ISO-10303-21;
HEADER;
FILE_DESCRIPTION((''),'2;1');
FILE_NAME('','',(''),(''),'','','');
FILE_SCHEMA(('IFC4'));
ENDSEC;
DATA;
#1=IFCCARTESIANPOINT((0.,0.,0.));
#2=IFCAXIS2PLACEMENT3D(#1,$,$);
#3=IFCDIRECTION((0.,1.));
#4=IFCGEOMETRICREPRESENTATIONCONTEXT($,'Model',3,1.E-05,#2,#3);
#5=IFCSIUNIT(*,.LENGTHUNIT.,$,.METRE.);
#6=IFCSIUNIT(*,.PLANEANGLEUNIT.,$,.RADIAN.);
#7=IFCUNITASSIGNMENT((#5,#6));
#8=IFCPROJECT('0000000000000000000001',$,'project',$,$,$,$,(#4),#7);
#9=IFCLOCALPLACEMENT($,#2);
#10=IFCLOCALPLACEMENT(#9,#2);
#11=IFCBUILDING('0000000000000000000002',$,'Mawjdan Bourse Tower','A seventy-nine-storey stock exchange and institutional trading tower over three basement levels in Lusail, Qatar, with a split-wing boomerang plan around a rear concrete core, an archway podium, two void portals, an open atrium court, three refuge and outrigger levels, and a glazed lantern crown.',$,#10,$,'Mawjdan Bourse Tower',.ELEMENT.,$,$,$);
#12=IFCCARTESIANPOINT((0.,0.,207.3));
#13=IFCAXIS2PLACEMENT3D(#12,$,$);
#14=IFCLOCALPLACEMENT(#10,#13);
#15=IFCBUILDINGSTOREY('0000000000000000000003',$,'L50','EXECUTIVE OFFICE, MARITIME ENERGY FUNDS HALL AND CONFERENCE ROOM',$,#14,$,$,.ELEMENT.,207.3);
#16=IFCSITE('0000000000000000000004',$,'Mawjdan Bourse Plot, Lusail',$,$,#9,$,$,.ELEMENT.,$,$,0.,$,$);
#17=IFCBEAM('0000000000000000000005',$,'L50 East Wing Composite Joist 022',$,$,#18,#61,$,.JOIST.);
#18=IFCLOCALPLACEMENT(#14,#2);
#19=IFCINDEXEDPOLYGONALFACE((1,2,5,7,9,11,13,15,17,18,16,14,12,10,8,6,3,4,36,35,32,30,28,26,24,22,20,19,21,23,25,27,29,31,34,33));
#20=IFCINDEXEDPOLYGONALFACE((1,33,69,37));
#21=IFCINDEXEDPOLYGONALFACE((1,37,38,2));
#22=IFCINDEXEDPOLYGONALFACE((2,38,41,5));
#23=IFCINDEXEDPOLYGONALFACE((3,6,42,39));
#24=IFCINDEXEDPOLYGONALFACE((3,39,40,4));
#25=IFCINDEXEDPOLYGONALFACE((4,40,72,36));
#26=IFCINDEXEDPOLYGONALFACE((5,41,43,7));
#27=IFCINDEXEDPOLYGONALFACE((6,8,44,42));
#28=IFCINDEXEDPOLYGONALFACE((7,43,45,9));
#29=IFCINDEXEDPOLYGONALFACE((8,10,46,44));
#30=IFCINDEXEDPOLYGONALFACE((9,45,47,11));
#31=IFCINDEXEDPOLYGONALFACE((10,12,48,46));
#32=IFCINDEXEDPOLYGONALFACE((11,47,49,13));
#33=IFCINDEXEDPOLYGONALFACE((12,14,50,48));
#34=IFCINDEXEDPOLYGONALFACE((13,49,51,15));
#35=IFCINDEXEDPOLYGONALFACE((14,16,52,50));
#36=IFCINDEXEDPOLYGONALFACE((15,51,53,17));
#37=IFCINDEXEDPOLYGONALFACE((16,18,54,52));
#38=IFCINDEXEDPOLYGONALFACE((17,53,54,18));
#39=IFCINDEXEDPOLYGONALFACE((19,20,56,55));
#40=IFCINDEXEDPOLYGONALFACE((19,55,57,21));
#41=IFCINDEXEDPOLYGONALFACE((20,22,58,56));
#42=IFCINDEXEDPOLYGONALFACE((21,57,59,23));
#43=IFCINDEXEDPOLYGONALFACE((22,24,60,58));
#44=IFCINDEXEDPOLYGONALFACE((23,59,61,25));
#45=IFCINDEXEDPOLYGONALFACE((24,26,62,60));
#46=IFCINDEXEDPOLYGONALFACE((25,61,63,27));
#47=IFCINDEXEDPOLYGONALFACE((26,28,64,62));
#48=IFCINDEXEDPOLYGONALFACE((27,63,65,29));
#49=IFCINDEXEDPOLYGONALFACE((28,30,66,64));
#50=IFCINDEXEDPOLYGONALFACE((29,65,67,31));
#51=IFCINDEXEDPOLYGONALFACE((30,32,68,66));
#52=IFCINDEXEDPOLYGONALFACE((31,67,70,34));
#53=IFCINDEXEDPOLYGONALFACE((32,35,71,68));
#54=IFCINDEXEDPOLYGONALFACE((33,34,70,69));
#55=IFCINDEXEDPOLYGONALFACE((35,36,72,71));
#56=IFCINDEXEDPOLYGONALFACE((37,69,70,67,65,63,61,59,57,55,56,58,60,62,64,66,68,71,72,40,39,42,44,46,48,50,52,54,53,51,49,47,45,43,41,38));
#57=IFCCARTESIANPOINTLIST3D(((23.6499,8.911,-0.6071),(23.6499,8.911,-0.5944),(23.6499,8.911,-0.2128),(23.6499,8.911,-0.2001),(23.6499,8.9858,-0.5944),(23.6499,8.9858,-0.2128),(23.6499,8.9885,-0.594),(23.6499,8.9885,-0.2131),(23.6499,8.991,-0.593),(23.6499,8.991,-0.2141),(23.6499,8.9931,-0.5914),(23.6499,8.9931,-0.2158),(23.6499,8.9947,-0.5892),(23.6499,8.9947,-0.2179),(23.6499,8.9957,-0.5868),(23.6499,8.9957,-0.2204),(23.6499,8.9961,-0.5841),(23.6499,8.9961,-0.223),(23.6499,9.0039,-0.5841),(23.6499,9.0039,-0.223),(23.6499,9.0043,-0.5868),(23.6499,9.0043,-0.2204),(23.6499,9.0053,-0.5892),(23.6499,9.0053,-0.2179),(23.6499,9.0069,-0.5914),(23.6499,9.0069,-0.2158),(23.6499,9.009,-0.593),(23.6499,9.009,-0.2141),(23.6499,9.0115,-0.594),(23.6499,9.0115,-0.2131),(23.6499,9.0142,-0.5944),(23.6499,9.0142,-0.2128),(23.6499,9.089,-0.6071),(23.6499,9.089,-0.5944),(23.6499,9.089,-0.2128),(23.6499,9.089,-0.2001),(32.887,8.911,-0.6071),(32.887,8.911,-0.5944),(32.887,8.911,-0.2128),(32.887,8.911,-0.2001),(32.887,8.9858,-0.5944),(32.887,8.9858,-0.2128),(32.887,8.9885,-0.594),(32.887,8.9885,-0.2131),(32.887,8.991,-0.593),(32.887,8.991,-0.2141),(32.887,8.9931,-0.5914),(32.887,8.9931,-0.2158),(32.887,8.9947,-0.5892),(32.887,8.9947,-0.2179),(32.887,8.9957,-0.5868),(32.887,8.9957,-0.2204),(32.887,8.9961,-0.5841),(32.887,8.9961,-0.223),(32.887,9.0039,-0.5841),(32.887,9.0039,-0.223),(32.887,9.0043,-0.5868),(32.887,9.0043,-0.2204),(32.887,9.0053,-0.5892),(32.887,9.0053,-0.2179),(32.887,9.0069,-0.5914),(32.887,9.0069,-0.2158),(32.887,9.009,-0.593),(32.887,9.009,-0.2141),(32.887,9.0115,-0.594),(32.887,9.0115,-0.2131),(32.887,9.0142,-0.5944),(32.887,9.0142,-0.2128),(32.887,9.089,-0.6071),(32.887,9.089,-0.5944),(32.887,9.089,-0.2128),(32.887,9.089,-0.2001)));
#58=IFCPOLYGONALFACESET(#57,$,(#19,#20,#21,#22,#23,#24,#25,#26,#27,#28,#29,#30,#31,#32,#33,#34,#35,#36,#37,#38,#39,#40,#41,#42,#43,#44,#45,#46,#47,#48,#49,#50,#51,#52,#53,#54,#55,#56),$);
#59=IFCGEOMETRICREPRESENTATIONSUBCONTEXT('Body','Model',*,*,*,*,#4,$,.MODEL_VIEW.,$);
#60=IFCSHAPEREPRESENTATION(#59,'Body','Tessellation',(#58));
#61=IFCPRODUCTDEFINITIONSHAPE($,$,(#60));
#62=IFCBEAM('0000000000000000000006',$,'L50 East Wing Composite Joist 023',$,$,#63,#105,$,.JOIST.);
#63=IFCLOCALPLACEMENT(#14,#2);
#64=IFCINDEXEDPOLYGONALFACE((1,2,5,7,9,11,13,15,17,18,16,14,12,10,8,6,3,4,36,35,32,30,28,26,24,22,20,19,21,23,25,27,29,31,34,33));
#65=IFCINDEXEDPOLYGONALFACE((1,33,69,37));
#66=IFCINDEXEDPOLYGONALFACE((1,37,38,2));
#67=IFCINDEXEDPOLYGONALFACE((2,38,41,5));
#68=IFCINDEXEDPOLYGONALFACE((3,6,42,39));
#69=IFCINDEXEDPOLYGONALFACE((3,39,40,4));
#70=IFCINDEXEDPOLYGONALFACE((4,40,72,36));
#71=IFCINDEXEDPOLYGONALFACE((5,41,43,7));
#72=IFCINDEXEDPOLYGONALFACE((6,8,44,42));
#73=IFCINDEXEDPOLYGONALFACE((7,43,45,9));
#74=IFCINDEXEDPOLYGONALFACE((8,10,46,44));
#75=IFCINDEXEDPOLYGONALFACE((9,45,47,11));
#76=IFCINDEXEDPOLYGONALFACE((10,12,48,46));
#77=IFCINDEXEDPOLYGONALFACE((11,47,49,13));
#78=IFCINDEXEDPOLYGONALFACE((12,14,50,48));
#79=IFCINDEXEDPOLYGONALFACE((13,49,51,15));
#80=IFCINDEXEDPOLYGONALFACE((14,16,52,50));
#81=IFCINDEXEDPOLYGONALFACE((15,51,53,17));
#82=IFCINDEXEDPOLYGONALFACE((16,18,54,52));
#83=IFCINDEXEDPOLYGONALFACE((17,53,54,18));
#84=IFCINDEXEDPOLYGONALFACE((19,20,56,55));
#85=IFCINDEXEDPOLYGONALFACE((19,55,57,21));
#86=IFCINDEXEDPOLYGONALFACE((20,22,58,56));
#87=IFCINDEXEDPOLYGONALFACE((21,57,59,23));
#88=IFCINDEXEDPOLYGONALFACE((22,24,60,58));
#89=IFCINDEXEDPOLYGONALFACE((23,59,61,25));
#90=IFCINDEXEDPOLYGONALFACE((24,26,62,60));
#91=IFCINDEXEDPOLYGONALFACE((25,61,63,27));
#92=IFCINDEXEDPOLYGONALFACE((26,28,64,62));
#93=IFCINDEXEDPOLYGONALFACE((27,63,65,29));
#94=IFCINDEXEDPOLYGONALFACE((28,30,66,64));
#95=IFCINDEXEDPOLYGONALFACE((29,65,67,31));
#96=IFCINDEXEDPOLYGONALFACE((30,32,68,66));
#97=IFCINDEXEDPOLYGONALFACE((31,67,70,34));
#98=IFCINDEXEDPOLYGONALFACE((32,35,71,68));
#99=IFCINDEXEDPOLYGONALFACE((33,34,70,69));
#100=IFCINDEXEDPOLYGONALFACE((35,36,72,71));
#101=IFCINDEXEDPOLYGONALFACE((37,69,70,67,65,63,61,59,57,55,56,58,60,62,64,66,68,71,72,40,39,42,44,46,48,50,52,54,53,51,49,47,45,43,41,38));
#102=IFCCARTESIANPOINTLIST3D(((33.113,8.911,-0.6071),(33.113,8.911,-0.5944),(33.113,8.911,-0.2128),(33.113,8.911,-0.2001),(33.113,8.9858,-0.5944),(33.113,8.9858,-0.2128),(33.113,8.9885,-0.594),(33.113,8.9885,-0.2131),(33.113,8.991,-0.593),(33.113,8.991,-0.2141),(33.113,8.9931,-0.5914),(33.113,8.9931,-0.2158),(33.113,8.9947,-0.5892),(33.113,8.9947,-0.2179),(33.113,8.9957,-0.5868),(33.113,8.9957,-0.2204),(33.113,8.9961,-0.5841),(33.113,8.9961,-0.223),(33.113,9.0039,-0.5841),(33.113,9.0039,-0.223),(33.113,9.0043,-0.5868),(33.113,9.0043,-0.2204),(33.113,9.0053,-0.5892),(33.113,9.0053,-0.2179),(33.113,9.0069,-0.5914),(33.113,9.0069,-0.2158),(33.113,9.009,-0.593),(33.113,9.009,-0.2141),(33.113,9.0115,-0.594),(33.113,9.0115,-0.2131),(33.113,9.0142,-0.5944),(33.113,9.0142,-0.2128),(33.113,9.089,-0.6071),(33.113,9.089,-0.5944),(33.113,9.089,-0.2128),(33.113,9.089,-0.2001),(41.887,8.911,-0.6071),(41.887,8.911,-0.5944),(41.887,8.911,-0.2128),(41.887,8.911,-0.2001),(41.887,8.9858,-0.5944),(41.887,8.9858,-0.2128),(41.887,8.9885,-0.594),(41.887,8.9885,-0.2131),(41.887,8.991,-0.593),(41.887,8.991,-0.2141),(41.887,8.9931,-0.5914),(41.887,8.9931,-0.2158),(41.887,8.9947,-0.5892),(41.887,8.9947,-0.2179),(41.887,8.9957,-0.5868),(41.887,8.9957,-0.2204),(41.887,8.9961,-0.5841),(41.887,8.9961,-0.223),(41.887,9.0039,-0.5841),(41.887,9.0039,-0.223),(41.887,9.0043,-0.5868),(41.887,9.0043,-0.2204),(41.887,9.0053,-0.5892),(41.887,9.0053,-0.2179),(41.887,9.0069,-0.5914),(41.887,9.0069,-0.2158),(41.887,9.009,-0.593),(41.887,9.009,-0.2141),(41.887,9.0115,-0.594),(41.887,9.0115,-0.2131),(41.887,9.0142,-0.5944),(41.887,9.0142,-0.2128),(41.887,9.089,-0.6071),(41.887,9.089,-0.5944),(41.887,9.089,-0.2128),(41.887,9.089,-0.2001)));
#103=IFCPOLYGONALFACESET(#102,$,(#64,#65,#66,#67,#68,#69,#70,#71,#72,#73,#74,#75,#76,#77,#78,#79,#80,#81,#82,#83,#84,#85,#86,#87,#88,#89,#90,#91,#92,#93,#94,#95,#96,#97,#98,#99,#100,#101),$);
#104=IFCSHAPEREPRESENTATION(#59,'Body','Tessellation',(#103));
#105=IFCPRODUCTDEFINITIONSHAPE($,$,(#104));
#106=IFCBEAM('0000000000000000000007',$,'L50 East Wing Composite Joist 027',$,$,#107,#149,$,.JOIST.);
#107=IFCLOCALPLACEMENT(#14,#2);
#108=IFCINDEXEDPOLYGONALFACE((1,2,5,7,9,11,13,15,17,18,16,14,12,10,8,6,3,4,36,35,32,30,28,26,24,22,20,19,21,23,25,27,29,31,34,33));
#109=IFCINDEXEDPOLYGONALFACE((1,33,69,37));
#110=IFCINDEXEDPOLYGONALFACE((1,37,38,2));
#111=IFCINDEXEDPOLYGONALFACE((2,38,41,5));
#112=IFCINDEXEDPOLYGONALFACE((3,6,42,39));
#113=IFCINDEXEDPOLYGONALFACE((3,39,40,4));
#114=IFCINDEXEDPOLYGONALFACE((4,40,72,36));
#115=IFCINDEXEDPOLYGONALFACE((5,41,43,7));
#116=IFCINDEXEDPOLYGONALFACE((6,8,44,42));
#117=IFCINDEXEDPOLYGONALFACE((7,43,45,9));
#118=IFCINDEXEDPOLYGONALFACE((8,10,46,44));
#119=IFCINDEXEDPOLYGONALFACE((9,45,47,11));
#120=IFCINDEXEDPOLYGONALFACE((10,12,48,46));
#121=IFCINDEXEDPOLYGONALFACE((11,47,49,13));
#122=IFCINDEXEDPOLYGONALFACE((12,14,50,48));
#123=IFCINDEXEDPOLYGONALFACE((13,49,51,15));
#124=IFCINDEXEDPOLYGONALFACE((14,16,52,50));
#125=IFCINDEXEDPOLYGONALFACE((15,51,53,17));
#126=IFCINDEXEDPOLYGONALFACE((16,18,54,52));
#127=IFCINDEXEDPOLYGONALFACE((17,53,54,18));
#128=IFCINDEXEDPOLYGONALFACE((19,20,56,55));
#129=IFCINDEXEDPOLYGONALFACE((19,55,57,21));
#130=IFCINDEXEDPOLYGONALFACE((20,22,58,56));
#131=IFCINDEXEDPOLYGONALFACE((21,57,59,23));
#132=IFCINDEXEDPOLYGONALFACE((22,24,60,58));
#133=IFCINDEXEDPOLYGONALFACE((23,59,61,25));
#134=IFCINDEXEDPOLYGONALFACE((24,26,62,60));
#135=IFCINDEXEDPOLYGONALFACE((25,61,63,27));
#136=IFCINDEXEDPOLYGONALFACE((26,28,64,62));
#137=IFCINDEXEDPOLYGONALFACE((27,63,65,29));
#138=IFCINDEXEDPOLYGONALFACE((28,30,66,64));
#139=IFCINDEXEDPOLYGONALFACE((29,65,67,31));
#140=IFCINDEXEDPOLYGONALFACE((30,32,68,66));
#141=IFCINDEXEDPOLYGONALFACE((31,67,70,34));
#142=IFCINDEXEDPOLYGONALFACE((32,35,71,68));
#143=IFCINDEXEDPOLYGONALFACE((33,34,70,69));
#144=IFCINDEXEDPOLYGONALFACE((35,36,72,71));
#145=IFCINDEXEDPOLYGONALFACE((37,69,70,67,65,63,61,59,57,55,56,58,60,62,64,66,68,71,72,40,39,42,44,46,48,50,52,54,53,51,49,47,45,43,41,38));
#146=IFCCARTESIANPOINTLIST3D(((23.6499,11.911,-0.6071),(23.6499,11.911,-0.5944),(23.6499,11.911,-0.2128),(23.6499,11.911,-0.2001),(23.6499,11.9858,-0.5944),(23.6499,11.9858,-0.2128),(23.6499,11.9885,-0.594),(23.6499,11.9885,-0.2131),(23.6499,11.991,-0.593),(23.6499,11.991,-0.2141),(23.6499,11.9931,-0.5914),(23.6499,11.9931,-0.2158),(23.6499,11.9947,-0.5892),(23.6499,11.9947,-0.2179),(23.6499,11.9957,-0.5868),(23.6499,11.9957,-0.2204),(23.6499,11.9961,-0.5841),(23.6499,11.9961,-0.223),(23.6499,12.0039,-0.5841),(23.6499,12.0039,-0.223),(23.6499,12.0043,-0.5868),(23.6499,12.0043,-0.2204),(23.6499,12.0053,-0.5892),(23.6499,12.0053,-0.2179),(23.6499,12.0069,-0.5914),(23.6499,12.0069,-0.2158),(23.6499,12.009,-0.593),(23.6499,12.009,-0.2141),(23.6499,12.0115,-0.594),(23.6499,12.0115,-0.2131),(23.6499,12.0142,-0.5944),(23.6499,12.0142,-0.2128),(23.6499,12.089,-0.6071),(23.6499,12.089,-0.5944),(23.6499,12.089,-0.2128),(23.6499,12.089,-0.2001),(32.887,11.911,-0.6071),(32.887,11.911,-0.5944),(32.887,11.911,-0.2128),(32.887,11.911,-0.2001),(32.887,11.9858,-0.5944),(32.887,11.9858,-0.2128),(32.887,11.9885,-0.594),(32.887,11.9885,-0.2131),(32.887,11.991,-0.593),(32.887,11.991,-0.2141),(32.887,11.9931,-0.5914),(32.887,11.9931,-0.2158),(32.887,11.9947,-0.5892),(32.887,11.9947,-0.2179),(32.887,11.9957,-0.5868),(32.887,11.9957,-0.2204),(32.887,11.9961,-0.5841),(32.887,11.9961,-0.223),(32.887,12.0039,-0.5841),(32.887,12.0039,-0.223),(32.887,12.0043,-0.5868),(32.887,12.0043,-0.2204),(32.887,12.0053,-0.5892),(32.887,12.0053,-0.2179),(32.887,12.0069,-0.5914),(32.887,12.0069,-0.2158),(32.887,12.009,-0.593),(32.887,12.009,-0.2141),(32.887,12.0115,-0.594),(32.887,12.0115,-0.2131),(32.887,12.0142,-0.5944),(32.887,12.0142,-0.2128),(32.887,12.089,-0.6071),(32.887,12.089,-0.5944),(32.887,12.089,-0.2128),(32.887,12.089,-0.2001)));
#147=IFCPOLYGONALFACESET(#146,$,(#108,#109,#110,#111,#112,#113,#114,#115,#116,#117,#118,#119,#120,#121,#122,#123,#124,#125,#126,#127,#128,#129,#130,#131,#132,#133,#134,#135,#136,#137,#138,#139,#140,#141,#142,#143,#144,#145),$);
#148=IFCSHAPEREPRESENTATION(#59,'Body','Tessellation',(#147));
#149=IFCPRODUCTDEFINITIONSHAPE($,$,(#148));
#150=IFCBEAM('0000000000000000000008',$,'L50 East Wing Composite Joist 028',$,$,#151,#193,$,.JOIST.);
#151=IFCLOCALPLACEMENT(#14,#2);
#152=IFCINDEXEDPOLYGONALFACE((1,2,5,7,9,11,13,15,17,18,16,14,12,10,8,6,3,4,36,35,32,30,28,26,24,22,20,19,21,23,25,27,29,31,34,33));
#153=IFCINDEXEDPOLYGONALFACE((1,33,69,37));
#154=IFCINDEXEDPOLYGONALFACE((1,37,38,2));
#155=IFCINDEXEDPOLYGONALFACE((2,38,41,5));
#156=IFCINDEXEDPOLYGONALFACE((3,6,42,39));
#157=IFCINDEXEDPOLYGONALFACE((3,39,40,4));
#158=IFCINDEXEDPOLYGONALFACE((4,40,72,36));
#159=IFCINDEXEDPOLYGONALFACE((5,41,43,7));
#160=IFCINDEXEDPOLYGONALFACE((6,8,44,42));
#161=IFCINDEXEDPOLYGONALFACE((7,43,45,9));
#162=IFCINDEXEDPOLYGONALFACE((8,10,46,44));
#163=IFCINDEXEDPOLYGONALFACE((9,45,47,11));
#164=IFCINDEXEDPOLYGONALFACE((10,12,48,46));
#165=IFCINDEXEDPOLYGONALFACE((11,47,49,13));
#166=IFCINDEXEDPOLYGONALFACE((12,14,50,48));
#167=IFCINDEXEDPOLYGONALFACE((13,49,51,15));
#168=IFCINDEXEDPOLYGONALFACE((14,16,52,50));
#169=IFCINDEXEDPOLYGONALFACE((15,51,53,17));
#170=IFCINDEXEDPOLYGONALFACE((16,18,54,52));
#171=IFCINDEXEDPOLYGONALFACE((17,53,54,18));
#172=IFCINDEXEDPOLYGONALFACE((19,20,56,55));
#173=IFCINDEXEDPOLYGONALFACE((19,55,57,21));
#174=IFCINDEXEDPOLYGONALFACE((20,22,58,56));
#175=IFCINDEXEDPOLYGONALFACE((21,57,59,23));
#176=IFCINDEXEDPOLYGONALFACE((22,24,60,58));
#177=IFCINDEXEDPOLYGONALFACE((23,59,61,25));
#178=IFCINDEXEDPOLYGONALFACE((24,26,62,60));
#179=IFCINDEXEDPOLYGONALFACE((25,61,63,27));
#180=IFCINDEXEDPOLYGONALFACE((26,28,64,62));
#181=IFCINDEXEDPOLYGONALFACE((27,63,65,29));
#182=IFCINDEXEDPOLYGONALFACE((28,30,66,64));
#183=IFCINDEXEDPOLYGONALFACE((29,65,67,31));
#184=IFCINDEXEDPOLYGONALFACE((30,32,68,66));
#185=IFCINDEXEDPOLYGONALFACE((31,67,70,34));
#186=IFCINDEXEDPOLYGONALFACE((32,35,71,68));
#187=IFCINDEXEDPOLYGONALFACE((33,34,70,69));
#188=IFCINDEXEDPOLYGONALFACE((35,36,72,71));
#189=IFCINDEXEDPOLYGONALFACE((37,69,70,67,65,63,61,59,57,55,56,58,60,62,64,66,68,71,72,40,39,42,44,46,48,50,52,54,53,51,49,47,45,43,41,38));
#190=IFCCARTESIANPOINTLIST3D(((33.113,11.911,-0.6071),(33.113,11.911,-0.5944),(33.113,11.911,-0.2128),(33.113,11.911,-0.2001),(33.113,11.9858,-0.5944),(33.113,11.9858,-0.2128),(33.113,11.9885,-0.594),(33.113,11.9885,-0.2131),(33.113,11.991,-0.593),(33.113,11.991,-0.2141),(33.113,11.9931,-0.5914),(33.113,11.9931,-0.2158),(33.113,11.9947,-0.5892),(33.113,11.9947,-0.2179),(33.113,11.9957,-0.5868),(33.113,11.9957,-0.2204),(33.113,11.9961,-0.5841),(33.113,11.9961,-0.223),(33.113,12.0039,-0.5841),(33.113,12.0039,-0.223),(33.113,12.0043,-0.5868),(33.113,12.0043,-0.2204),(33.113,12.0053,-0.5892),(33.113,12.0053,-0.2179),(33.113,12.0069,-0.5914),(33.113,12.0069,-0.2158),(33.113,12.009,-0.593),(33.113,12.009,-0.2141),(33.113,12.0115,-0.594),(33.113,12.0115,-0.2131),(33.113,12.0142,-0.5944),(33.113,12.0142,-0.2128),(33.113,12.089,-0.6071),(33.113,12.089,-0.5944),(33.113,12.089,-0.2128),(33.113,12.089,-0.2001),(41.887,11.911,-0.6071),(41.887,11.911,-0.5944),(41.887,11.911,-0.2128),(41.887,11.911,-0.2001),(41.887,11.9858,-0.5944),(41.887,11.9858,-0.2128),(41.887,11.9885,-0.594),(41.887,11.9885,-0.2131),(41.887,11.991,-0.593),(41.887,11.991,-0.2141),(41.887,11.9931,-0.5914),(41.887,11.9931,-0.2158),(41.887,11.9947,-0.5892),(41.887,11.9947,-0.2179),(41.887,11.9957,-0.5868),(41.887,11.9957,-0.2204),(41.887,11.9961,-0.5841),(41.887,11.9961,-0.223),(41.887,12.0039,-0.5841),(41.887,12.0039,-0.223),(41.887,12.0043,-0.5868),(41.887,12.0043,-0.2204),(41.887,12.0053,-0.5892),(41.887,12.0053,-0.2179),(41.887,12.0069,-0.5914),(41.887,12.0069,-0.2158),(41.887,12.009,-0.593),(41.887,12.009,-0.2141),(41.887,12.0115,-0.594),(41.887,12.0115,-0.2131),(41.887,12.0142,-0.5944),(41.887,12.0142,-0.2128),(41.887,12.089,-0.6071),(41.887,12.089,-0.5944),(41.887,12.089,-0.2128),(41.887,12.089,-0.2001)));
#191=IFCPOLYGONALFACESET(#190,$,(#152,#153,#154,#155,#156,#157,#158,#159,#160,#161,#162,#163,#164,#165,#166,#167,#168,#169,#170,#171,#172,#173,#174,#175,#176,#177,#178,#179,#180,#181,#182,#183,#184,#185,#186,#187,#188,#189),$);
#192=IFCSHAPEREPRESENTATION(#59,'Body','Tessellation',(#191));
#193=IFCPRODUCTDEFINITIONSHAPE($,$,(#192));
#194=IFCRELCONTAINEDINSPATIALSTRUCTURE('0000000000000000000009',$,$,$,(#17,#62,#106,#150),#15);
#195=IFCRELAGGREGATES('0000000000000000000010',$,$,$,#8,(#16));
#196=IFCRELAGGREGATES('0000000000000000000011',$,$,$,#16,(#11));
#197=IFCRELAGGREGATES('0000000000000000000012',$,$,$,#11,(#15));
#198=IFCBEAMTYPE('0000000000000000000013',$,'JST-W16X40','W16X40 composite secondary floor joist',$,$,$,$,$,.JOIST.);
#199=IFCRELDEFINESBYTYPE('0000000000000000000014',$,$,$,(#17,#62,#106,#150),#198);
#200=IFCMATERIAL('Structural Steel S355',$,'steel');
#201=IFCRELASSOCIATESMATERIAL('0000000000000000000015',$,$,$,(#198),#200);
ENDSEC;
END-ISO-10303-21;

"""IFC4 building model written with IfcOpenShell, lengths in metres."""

from ifc_helpers import new_model, si_unit, direction, frame, origin, origin_2d, place, context, subcontext, project, spatial, i_section, extrude, material, material_profile, profile_set, type_object, element, save


model = new_model("IFC4")

# Units and contexts
model_context = context("Model", 3, precision=1e-05, world=origin(), true_north=direction((0.0, 1.0)))
body_context = subcontext(model_context, "Body", "Model", "MODEL_VIEW")
ifc_project = project(units=[si_unit("LENGTHUNIT", "METRE"), si_unit("PLANEANGLEUNIT", "RADIAN")], contexts=[model_context])

# Site, building, storey
site_placement = place(None, origin())
site = spatial("IfcSite", under=ifc_project, at=site_placement, Name="Mawjdan Bourse Plot, Lusail", CompositionType="ELEMENT", RefElevation=0.0)
building_placement = place(site_placement, origin())
building = spatial("IfcBuilding", under=site, at=building_placement, Name="Mawjdan Bourse Tower", Description="A seventy-nine-storey stock exchange and institutional trading tower over three basement levels in Lusail, Qatar, with a split-wing boomerang plan around a rear concrete core, an archway podium, two void portals, an open atrium court, three refuge and outrigger levels, and a glazed lantern crown.", LongName="Mawjdan Bourse Tower", CompositionType="ELEMENT")
storey_placement = place(building_placement, frame((0.0, 0.0, 207.3)))
storey = spatial("IfcBuildingStorey", under=building, at=storey_placement, Name="L50", Description="EXECUTIVE OFFICE, MARITIME ENERGY FUNDS HALL AND CONFERENCE ROOM", CompositionType="ELEMENT", Elevation=207.3)

# Beams
ifc_material_1 = material(Name="Structural Steel S355", Category="steel")
ifc_material_profile_1 = material_profile(ifc_material_1, i_section(OverallWidth=0.178, OverallDepth=0.407, WebThickness=0.0078, FlangeThickness=0.0127, FilletRadius=0.0103, at=origin_2d()), Name="W16X40")
ifc_profile_set_1 = profile_set([ifc_material_profile_1], Name="Structural Steel S355")
beam_type_1 = type_object("IfcBeamType", Name="JST-W16X40", Description="W16X40 composite secondary floor joist", PredefinedType="JOIST", material=ifc_profile_set_1)
beam_1_placement = place(storey_placement, frame((23.6499, 9.0, -0.4036), z_axis=(1.0, 0.0, 0.0), x_axis=(0.0, 1.0, 0.0)))
element("IfcBeam", 1, at=beam_1_placement, inside=storey, type_object=beam_type_1, Name="L50 East Wing Composite Joist 022", PredefinedType="JOIST", context=body_context, shape_type="SweptSolid", body=[
    extrude(i_section(OverallWidth=0.178, OverallDepth=0.407, WebThickness=0.0078, FlangeThickness=0.0127, FilletRadius=0.0103, at=origin_2d()), origin(), (0.0, 0.0, 1.0), 9.2371),
])
beam_2_placement = place(storey_placement, frame((33.113, 9.0, -0.4036), z_axis=(1.0, 0.0, 0.0), x_axis=(0.0, 1.0, 0.0)))
element("IfcBeam", 2, at=beam_2_placement, inside=storey, type_object=beam_type_1, Name="L50 East Wing Composite Joist 023", PredefinedType="JOIST", context=body_context, shape_type="SweptSolid", body=[
    extrude(i_section(OverallWidth=0.178, OverallDepth=0.407, WebThickness=0.0078, FlangeThickness=0.0127, FilletRadius=0.0103, at=origin_2d()), origin(), (0.0, 0.0, 1.0), 8.7739),
])
beam_3_placement = place(storey_placement, frame((23.6499, 12.0, -0.4036), z_axis=(1.0, 0.0, 0.0), x_axis=(0.0, 1.0, 0.0)))
element("IfcBeam", 3, at=beam_3_placement, inside=storey, type_object=beam_type_1, Name="L50 East Wing Composite Joist 027", PredefinedType="JOIST", context=body_context, shape_type="SweptSolid", body=[
    extrude(i_section(OverallWidth=0.178, OverallDepth=0.407, WebThickness=0.0078, FlangeThickness=0.0127, FilletRadius=0.0103, at=origin_2d()), origin(), (0.0, 0.0, 1.0), 9.2371),
])
beam_4_placement = place(storey_placement, frame((33.113, 12.0, -0.4036), z_axis=(1.0, 0.0, 0.0), x_axis=(0.0, 1.0, 0.0)))
element("IfcBeam", 4, at=beam_4_placement, inside=storey, type_object=beam_type_1, Name="L50 East Wing Composite Joist 028", PredefinedType="JOIST", context=body_context, shape_type="SweptSolid", body=[
    extrude(i_section(OverallWidth=0.178, OverallDepth=0.407, WebThickness=0.0078, FlangeThickness=0.0127, FilletRadius=0.0103, at=origin_2d()), origin(), (0.0, 0.0, 1.0), 8.7739),
])

save(model, "model.ifc")
